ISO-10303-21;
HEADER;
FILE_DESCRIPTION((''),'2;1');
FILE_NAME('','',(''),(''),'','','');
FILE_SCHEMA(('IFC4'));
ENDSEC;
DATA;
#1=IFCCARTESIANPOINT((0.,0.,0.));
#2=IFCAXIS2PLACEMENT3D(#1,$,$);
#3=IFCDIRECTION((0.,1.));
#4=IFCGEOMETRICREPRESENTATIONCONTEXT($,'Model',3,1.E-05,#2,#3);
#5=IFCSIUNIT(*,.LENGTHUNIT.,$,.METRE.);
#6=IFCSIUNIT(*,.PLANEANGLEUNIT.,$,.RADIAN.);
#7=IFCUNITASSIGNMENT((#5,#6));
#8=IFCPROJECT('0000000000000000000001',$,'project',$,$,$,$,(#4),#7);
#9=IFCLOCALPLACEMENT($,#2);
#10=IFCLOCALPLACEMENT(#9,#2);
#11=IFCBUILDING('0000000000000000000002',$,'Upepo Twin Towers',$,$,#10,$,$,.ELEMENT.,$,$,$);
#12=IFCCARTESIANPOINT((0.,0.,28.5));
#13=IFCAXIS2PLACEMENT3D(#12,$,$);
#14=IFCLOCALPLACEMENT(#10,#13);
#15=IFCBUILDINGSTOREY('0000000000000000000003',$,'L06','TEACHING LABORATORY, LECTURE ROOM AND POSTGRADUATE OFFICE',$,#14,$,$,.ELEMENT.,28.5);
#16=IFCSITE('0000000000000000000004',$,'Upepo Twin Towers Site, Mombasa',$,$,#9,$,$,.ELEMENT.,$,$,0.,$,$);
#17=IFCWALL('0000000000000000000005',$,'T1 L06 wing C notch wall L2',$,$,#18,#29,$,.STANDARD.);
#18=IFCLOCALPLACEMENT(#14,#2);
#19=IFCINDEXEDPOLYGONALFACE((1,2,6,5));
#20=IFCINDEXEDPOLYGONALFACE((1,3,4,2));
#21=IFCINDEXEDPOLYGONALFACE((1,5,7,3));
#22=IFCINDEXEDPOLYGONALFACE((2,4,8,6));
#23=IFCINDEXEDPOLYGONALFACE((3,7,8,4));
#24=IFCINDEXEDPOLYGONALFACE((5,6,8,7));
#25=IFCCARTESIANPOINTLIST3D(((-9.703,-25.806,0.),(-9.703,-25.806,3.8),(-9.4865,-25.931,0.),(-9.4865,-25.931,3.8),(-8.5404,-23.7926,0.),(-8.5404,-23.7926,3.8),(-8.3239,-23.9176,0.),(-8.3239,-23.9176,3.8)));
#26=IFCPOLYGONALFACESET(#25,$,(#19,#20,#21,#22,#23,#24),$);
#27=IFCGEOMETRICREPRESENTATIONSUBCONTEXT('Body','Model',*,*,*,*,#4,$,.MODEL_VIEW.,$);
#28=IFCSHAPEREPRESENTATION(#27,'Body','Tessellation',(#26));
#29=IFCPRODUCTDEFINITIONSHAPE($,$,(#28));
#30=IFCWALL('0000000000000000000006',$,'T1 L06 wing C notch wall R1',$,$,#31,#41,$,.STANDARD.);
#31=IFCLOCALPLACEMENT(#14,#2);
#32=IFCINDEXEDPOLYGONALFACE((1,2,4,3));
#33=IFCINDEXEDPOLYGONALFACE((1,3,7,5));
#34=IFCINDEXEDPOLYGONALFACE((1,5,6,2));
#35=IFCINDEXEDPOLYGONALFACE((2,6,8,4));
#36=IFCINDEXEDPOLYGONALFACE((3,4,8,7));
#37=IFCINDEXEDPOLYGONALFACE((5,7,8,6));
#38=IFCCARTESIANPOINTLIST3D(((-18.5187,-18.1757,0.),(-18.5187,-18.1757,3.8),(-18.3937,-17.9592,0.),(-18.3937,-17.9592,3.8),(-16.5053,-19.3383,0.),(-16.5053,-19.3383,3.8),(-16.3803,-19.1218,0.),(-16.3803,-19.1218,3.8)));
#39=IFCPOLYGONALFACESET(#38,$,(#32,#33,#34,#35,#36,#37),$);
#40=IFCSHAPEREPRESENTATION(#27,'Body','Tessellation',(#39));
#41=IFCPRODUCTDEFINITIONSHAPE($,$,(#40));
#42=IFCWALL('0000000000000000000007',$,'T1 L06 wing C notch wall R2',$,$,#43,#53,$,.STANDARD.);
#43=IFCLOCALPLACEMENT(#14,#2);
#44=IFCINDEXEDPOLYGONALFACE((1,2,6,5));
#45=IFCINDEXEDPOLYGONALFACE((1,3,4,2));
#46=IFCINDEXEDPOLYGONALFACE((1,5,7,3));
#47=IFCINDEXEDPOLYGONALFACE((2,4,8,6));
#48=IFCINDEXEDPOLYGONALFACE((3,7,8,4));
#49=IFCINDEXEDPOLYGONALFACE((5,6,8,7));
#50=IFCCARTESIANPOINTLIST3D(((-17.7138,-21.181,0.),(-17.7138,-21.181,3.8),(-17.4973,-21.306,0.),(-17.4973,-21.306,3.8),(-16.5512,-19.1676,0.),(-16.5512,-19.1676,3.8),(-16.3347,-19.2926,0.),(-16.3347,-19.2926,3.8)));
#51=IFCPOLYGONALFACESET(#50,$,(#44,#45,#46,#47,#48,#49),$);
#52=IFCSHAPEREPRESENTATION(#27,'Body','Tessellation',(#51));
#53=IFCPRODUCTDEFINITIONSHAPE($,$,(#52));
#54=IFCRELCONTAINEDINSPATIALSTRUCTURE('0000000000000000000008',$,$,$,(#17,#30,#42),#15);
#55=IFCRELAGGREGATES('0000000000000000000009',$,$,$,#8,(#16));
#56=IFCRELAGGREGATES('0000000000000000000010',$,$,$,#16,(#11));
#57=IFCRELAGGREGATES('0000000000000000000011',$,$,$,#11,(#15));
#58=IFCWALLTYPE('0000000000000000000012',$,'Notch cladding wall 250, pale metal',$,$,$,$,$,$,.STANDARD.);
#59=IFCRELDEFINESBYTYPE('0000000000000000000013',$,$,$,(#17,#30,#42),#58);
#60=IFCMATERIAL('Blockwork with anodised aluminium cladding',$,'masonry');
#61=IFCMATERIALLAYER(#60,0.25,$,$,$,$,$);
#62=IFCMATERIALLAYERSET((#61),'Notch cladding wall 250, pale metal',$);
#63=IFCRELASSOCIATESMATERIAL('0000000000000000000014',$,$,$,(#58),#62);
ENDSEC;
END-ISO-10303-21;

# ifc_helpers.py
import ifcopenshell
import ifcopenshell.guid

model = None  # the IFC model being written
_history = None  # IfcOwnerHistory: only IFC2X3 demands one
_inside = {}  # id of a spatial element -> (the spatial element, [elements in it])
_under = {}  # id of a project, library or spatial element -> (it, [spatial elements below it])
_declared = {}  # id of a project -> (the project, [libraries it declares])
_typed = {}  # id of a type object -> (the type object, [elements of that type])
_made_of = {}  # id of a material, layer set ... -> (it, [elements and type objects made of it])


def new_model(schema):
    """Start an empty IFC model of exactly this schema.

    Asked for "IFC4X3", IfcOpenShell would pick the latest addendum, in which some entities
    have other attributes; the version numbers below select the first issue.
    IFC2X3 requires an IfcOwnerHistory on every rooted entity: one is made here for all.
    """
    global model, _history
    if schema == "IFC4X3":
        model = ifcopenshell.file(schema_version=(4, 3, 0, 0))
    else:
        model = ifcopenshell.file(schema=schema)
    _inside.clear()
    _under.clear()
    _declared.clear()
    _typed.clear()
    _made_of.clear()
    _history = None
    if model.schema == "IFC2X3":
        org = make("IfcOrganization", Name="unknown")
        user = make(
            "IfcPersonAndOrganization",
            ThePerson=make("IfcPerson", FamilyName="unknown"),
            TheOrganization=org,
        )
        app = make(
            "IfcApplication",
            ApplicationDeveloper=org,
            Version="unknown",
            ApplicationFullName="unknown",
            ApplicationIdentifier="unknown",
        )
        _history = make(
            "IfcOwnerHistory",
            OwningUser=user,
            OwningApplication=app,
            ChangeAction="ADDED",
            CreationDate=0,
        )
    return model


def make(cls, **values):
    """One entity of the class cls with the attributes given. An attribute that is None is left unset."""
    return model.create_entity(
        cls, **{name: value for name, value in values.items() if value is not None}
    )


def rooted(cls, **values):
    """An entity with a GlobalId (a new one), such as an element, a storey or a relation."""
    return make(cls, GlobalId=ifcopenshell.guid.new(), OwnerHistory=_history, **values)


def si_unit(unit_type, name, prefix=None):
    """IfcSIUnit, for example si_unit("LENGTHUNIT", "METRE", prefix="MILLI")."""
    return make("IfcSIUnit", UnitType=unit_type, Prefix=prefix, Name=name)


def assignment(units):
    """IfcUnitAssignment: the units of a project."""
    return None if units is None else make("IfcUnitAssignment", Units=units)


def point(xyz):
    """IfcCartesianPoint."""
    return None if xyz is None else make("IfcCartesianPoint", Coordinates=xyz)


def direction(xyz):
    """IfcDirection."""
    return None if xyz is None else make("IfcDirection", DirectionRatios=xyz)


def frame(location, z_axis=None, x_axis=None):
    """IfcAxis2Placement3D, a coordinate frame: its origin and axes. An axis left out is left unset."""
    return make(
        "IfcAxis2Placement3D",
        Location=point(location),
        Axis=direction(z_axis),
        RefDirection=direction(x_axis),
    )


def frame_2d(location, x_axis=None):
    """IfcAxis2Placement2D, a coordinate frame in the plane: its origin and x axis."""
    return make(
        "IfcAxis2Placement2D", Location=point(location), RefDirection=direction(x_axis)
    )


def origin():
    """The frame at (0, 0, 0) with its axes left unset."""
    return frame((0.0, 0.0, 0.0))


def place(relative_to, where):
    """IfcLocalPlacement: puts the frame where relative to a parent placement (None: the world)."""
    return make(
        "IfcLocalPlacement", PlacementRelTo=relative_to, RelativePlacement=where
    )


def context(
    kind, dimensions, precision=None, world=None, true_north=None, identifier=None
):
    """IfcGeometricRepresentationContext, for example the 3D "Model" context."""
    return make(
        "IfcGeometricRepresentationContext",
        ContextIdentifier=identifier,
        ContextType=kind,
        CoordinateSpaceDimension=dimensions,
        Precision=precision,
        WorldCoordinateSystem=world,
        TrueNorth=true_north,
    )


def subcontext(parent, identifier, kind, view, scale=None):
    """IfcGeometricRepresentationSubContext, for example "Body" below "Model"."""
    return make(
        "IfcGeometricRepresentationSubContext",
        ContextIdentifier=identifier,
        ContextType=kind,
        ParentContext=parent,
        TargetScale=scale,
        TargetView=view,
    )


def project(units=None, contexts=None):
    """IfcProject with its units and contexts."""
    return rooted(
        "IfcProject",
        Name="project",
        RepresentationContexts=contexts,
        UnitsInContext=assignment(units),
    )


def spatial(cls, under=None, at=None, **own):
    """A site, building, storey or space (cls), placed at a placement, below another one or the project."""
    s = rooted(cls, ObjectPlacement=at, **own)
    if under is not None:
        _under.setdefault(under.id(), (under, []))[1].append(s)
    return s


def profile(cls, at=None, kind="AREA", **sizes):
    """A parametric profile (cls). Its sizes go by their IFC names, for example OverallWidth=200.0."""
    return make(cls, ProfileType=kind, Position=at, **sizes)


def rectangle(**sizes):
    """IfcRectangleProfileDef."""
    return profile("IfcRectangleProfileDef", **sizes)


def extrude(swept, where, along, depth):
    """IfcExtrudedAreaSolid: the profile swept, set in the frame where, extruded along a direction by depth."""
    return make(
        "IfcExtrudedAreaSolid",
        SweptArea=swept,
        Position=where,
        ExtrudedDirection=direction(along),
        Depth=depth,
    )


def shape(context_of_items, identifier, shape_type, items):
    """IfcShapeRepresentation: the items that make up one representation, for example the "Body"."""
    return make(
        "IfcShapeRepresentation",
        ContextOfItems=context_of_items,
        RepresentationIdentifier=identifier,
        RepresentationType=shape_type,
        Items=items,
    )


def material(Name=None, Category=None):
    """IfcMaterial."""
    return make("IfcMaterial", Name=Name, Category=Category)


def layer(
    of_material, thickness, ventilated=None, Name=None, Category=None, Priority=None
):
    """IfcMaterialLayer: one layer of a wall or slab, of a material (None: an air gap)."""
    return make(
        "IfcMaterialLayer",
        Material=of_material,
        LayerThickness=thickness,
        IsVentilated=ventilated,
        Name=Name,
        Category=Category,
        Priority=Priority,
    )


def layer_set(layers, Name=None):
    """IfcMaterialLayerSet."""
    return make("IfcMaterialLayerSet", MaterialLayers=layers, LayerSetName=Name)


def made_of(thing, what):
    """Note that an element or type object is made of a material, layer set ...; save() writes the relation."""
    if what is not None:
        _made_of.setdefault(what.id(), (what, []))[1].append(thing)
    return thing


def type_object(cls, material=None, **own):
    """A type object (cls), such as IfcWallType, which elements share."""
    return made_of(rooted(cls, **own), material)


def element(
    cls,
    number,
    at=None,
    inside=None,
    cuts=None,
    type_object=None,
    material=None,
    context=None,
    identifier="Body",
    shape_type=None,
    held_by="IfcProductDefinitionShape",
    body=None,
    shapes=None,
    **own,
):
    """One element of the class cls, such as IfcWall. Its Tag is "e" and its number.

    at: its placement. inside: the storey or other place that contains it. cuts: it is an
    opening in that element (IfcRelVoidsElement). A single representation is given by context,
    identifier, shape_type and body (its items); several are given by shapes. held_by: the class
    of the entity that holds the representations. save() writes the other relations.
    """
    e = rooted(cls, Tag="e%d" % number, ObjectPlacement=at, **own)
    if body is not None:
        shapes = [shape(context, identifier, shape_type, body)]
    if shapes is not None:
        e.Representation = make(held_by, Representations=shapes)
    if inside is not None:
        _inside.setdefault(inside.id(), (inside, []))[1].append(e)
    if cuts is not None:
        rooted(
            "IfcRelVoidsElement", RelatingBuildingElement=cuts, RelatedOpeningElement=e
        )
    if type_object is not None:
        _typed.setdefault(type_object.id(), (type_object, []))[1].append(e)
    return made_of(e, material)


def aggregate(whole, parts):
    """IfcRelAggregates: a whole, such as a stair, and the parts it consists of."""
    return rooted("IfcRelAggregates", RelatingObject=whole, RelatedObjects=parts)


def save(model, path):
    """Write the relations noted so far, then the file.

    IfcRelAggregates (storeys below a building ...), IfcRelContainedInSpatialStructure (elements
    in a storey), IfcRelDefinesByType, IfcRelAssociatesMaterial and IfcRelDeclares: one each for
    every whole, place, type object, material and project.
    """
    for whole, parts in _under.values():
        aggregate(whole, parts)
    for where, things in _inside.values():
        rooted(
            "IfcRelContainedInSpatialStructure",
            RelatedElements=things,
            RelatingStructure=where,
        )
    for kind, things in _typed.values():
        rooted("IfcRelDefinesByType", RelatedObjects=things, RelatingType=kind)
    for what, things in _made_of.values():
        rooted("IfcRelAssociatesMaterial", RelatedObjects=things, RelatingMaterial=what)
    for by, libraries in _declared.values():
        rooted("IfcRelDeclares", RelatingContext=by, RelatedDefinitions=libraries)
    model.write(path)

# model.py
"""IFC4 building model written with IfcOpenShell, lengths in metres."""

from ifc_helpers import new_model, si_unit, direction, frame, frame_2d, origin, place, context, subcontext, project, spatial, rectangle, extrude, material, layer, layer_set, type_object, element, save


model = new_model("IFC4")

# Units and contexts
model_context = context("Model", 3, precision=1e-05, world=origin(), true_north=direction((0.0, 1.0)))
body_context = subcontext(model_context, "Body", "Model", "MODEL_VIEW")
ifc_project = project(units=[si_unit("LENGTHUNIT", "METRE"), si_unit("PLANEANGLEUNIT", "RADIAN")], contexts=[model_context])

# Site, building, storey
site_placement = place(None, origin())
site = spatial("IfcSite", under=ifc_project, at=site_placement, Name="Upepo Twin Towers Site, Mombasa", CompositionType="ELEMENT", RefElevation=0.0)
building_placement = place(site_placement, origin())
building = spatial("IfcBuilding", under=site, at=building_placement, Name="Upepo Twin Towers", CompositionType="ELEMENT")
storey_placement = place(building_placement, frame((0.0, 0.0, 28.5)))
storey = spatial("IfcBuildingStorey", under=building, at=storey_placement, Name="L06", Description="TEACHING LABORATORY, LECTURE ROOM AND POSTGRADUATE OFFICE", CompositionType="ELEMENT", Elevation=28.5)

# Walls
ifc_material_1 = material(Name="Blockwork with anodised aluminium cladding", Category="masonry")
ifc_layer_1 = layer(ifc_material_1, 0.25)
ifc_layer_set_1 = layer_set([ifc_layer_1], Name="Notch cladding wall 250, pale metal")
wall_type_1 = type_object("IfcWallType", Name="Notch cladding wall 250, pale metal", PredefinedType="STANDARD", material=ifc_layer_set_1)
for number, where, z_axis, x_axis, name in (
    (1, (-8.4321, -23.855, 0.0), (0.0, 0.0, 1.0), (-0.500047, -0.865998, 0.0), "T1 L06 wing C notch wall L2"),
    (2, (-18.4563, -18.0674, 0.0), (0.0, 0.0, 1.0), (0.865998, -0.500047, 0.0), "T1 L06 wing C notch wall R1"),
    (3, (-16.4429, -19.23, 0.0), (0.0, 0.0, 1.0), (-0.500047, -0.865998, 0.0), "T1 L06 wing C notch wall R2"),
):
    element("IfcWall", number, at=place(storey_placement, frame(where, z_axis=z_axis, x_axis=x_axis)), inside=storey, type_object=wall_type_1, Name=name, PredefinedType="STANDARD", context=body_context, shape_type="SweptSolid", body=[
        extrude(rectangle(XDim=2.325, YDim=0.25, at=frame_2d((1.1626, 0.0))), origin(), (0.0, 0.0, 1.0), 3.8),
    ])

save(model, "model.ifc")
